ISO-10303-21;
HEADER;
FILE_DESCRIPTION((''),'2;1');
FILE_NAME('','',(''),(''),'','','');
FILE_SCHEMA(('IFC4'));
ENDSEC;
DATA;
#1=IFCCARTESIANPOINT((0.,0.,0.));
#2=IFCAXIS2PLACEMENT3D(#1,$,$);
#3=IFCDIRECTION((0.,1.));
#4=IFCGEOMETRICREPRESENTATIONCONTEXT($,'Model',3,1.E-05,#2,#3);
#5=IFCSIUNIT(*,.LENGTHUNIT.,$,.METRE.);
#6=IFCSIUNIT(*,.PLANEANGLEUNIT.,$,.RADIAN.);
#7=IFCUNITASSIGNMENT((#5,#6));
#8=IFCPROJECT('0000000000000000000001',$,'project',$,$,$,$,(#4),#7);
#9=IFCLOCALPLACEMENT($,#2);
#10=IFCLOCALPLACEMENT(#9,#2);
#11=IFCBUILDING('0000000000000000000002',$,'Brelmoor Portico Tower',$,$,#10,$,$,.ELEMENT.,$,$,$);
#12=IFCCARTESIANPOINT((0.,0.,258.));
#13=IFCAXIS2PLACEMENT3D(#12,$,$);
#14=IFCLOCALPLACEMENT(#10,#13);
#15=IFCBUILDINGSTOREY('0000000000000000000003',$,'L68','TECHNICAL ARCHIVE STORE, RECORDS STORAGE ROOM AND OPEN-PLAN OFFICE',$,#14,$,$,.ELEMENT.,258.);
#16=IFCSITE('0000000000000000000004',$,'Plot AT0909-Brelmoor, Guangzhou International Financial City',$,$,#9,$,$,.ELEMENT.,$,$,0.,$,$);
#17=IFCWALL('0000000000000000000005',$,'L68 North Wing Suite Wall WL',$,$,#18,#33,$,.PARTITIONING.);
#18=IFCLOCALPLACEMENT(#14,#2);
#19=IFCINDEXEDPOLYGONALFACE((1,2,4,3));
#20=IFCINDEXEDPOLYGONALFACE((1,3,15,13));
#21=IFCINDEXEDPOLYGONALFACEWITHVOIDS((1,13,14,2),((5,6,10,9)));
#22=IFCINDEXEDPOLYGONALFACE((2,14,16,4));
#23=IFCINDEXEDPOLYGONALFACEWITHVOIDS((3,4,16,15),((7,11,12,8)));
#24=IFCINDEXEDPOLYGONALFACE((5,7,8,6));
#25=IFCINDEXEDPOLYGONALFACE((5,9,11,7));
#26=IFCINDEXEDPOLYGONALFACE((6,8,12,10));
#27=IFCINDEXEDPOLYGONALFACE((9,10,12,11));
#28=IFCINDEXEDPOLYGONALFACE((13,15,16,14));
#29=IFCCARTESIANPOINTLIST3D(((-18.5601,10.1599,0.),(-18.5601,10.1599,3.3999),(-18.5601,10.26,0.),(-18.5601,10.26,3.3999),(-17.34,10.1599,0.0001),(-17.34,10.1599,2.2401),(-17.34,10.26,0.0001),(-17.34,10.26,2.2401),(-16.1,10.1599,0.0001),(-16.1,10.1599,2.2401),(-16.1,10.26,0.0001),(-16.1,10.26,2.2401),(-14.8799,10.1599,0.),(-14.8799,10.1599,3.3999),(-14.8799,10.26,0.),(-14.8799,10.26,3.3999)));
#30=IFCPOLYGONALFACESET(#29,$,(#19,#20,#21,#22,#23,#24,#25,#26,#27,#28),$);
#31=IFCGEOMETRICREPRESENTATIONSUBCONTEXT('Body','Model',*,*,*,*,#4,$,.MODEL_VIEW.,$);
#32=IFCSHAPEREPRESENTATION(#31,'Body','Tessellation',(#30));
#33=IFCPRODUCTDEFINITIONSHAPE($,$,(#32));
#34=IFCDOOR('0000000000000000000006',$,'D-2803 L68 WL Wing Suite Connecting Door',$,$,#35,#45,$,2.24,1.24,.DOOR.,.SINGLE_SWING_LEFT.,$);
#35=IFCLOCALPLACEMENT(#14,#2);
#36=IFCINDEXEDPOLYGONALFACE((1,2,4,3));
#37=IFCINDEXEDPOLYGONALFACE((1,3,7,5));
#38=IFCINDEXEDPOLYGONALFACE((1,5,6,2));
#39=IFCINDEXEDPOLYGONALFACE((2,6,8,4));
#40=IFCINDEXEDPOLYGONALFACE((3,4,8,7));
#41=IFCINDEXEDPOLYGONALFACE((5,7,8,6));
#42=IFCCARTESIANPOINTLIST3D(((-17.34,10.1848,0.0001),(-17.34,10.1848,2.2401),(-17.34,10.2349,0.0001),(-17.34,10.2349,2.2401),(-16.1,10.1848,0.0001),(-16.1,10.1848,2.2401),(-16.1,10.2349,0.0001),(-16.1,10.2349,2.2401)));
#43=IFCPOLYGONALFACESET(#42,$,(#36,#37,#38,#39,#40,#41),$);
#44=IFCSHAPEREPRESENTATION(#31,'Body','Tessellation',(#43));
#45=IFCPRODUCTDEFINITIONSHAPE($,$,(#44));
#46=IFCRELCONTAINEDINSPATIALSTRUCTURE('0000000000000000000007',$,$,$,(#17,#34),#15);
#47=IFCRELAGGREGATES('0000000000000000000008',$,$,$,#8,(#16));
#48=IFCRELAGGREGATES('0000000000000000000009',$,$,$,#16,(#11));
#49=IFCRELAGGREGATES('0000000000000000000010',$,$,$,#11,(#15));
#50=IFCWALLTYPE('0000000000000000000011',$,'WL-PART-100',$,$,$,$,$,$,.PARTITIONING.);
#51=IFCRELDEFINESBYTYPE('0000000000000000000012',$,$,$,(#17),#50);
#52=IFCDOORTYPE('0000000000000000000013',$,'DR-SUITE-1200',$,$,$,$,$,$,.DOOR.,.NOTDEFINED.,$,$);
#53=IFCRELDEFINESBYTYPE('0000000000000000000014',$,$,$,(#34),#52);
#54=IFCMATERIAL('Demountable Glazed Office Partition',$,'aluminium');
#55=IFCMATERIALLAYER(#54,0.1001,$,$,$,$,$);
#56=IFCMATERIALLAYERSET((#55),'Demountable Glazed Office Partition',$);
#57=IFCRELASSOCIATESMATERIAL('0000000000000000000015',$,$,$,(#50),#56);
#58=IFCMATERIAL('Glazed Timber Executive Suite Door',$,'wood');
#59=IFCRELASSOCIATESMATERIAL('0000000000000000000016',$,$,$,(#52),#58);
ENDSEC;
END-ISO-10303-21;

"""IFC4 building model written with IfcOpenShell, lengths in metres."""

from ifc_helpers import new_model, si_unit, direction, frame, frame_2d, origin, place, context, subcontext, project, spatial, rectangle, extrude, material, layer, layer_set, type_object, element, fill, save


model = new_model("IFC4")

# Units and contexts
model_context = context("Model", 3, precision=1e-05, world=origin(), true_north=direction((0.0, 1.0)))
body_context = subcontext(model_context, "Body", "Model", "MODEL_VIEW")
ifc_project = project(units=[si_unit("LENGTHUNIT", "METRE"), si_unit("PLANEANGLEUNIT", "RADIAN")], contexts=[model_context])

# Site, building, storey
site_placement = place(None, origin())
site = spatial("IfcSite", under=ifc_project, at=site_placement, Name="Plot AT0909-Brelmoor, Guangzhou International Financial City", CompositionType="ELEMENT", RefElevation=0.0)
building_placement = place(site_placement, origin())
building = spatial("IfcBuilding", under=site, at=building_placement, Name="Brelmoor Portico Tower", CompositionType="ELEMENT")
storey_placement = place(building_placement, frame((0.0, 0.0, 258.0)))
storey = spatial("IfcBuildingStorey", under=building, at=storey_placement, Name="L68", Description="TECHNICAL ARCHIVE STORE, RECORDS STORAGE ROOM AND OPEN-PLAN OFFICE", CompositionType="ELEMENT", Elevation=258.0)

# Wall, opening, door
ifc_material_1 = material(Name="Demountable Glazed Office Partition", Category="aluminium")
ifc_layer_1 = layer(ifc_material_1, 0.1001)
ifc_layer_set_1 = layer_set([ifc_layer_1], Name="Demountable Glazed Office Partition")
wall_type_1 = type_object("IfcWallType", Name="WL-PART-100", PredefinedType="PARTITIONING", material=ifc_layer_set_1)
wall_1_placement = place(storey_placement, frame((-18.5601, 10.21, 0.0), z_axis=(0.0, 0.0, 1.0), x_axis=(1.0, 0.0, 0.0)))
wall_1 = element("IfcWall", 1, at=wall_1_placement, inside=storey, type_object=wall_type_1, Name="L68 North Wing Suite Wall WL", PredefinedType="PARTITIONING", context=body_context, shape_type="SweptSolid", body=[
    extrude(rectangle(XDim=3.6802, YDim=0.1001, at=frame_2d((1.8401, 0.0))), origin(), (0.0, 0.0, 1.0), 3.3999),
])
opening_placement = place(wall_1_placement, frame((1.22, 0.0, 0.0)))
opening = element("IfcOpeningElement", 2, at=opening_placement, cuts=wall_1, PredefinedType="OPENING", context=body_context, shape_type="SweptSolid", body=[
    extrude(rectangle(XDim=1.24, YDim=2.24, at=frame_2d((0.6201, 1.1201))), frame((0.0, 0.0601, 0.0), z_axis=(0.0, -1.0, 0.0), x_axis=(1.0, 0.0, 0.0)), (0.0, 0.0, 1.0), 0.1201),
])
ifc_material_2 = material(Name="Glazed Timber Executive Suite Door", Category="wood")
door_type = type_object("IfcDoorType", Name="DR-SUITE-1200", OperationType="NOTDEFINED", PredefinedType="DOOR", material=ifc_material_2)
door_placement = place(opening_placement, origin())
door = element("IfcDoor", 3, at=door_placement, inside=storey, type_object=door_type, Name="D-2803 L68 WL Wing Suite Connecting Door", OperationType="SINGLE_SWING_LEFT", OverallHeight=2.24, OverallWidth=1.24, PredefinedType="DOOR", context=body_context, shape_type="SweptSolid", body=[
    extrude(rectangle(XDim=1.24, YDim=2.24, at=frame_2d((0.6201, 1.1201))), frame((0.0, 0.0249, 0.0), z_axis=(0.0, -1.0, 0.0), x_axis=(1.0, 0.0, 0.0)), (0.0, 0.0, 1.0), 0.05),
])
fill(opening, door)

save(model, "model.ifc")
